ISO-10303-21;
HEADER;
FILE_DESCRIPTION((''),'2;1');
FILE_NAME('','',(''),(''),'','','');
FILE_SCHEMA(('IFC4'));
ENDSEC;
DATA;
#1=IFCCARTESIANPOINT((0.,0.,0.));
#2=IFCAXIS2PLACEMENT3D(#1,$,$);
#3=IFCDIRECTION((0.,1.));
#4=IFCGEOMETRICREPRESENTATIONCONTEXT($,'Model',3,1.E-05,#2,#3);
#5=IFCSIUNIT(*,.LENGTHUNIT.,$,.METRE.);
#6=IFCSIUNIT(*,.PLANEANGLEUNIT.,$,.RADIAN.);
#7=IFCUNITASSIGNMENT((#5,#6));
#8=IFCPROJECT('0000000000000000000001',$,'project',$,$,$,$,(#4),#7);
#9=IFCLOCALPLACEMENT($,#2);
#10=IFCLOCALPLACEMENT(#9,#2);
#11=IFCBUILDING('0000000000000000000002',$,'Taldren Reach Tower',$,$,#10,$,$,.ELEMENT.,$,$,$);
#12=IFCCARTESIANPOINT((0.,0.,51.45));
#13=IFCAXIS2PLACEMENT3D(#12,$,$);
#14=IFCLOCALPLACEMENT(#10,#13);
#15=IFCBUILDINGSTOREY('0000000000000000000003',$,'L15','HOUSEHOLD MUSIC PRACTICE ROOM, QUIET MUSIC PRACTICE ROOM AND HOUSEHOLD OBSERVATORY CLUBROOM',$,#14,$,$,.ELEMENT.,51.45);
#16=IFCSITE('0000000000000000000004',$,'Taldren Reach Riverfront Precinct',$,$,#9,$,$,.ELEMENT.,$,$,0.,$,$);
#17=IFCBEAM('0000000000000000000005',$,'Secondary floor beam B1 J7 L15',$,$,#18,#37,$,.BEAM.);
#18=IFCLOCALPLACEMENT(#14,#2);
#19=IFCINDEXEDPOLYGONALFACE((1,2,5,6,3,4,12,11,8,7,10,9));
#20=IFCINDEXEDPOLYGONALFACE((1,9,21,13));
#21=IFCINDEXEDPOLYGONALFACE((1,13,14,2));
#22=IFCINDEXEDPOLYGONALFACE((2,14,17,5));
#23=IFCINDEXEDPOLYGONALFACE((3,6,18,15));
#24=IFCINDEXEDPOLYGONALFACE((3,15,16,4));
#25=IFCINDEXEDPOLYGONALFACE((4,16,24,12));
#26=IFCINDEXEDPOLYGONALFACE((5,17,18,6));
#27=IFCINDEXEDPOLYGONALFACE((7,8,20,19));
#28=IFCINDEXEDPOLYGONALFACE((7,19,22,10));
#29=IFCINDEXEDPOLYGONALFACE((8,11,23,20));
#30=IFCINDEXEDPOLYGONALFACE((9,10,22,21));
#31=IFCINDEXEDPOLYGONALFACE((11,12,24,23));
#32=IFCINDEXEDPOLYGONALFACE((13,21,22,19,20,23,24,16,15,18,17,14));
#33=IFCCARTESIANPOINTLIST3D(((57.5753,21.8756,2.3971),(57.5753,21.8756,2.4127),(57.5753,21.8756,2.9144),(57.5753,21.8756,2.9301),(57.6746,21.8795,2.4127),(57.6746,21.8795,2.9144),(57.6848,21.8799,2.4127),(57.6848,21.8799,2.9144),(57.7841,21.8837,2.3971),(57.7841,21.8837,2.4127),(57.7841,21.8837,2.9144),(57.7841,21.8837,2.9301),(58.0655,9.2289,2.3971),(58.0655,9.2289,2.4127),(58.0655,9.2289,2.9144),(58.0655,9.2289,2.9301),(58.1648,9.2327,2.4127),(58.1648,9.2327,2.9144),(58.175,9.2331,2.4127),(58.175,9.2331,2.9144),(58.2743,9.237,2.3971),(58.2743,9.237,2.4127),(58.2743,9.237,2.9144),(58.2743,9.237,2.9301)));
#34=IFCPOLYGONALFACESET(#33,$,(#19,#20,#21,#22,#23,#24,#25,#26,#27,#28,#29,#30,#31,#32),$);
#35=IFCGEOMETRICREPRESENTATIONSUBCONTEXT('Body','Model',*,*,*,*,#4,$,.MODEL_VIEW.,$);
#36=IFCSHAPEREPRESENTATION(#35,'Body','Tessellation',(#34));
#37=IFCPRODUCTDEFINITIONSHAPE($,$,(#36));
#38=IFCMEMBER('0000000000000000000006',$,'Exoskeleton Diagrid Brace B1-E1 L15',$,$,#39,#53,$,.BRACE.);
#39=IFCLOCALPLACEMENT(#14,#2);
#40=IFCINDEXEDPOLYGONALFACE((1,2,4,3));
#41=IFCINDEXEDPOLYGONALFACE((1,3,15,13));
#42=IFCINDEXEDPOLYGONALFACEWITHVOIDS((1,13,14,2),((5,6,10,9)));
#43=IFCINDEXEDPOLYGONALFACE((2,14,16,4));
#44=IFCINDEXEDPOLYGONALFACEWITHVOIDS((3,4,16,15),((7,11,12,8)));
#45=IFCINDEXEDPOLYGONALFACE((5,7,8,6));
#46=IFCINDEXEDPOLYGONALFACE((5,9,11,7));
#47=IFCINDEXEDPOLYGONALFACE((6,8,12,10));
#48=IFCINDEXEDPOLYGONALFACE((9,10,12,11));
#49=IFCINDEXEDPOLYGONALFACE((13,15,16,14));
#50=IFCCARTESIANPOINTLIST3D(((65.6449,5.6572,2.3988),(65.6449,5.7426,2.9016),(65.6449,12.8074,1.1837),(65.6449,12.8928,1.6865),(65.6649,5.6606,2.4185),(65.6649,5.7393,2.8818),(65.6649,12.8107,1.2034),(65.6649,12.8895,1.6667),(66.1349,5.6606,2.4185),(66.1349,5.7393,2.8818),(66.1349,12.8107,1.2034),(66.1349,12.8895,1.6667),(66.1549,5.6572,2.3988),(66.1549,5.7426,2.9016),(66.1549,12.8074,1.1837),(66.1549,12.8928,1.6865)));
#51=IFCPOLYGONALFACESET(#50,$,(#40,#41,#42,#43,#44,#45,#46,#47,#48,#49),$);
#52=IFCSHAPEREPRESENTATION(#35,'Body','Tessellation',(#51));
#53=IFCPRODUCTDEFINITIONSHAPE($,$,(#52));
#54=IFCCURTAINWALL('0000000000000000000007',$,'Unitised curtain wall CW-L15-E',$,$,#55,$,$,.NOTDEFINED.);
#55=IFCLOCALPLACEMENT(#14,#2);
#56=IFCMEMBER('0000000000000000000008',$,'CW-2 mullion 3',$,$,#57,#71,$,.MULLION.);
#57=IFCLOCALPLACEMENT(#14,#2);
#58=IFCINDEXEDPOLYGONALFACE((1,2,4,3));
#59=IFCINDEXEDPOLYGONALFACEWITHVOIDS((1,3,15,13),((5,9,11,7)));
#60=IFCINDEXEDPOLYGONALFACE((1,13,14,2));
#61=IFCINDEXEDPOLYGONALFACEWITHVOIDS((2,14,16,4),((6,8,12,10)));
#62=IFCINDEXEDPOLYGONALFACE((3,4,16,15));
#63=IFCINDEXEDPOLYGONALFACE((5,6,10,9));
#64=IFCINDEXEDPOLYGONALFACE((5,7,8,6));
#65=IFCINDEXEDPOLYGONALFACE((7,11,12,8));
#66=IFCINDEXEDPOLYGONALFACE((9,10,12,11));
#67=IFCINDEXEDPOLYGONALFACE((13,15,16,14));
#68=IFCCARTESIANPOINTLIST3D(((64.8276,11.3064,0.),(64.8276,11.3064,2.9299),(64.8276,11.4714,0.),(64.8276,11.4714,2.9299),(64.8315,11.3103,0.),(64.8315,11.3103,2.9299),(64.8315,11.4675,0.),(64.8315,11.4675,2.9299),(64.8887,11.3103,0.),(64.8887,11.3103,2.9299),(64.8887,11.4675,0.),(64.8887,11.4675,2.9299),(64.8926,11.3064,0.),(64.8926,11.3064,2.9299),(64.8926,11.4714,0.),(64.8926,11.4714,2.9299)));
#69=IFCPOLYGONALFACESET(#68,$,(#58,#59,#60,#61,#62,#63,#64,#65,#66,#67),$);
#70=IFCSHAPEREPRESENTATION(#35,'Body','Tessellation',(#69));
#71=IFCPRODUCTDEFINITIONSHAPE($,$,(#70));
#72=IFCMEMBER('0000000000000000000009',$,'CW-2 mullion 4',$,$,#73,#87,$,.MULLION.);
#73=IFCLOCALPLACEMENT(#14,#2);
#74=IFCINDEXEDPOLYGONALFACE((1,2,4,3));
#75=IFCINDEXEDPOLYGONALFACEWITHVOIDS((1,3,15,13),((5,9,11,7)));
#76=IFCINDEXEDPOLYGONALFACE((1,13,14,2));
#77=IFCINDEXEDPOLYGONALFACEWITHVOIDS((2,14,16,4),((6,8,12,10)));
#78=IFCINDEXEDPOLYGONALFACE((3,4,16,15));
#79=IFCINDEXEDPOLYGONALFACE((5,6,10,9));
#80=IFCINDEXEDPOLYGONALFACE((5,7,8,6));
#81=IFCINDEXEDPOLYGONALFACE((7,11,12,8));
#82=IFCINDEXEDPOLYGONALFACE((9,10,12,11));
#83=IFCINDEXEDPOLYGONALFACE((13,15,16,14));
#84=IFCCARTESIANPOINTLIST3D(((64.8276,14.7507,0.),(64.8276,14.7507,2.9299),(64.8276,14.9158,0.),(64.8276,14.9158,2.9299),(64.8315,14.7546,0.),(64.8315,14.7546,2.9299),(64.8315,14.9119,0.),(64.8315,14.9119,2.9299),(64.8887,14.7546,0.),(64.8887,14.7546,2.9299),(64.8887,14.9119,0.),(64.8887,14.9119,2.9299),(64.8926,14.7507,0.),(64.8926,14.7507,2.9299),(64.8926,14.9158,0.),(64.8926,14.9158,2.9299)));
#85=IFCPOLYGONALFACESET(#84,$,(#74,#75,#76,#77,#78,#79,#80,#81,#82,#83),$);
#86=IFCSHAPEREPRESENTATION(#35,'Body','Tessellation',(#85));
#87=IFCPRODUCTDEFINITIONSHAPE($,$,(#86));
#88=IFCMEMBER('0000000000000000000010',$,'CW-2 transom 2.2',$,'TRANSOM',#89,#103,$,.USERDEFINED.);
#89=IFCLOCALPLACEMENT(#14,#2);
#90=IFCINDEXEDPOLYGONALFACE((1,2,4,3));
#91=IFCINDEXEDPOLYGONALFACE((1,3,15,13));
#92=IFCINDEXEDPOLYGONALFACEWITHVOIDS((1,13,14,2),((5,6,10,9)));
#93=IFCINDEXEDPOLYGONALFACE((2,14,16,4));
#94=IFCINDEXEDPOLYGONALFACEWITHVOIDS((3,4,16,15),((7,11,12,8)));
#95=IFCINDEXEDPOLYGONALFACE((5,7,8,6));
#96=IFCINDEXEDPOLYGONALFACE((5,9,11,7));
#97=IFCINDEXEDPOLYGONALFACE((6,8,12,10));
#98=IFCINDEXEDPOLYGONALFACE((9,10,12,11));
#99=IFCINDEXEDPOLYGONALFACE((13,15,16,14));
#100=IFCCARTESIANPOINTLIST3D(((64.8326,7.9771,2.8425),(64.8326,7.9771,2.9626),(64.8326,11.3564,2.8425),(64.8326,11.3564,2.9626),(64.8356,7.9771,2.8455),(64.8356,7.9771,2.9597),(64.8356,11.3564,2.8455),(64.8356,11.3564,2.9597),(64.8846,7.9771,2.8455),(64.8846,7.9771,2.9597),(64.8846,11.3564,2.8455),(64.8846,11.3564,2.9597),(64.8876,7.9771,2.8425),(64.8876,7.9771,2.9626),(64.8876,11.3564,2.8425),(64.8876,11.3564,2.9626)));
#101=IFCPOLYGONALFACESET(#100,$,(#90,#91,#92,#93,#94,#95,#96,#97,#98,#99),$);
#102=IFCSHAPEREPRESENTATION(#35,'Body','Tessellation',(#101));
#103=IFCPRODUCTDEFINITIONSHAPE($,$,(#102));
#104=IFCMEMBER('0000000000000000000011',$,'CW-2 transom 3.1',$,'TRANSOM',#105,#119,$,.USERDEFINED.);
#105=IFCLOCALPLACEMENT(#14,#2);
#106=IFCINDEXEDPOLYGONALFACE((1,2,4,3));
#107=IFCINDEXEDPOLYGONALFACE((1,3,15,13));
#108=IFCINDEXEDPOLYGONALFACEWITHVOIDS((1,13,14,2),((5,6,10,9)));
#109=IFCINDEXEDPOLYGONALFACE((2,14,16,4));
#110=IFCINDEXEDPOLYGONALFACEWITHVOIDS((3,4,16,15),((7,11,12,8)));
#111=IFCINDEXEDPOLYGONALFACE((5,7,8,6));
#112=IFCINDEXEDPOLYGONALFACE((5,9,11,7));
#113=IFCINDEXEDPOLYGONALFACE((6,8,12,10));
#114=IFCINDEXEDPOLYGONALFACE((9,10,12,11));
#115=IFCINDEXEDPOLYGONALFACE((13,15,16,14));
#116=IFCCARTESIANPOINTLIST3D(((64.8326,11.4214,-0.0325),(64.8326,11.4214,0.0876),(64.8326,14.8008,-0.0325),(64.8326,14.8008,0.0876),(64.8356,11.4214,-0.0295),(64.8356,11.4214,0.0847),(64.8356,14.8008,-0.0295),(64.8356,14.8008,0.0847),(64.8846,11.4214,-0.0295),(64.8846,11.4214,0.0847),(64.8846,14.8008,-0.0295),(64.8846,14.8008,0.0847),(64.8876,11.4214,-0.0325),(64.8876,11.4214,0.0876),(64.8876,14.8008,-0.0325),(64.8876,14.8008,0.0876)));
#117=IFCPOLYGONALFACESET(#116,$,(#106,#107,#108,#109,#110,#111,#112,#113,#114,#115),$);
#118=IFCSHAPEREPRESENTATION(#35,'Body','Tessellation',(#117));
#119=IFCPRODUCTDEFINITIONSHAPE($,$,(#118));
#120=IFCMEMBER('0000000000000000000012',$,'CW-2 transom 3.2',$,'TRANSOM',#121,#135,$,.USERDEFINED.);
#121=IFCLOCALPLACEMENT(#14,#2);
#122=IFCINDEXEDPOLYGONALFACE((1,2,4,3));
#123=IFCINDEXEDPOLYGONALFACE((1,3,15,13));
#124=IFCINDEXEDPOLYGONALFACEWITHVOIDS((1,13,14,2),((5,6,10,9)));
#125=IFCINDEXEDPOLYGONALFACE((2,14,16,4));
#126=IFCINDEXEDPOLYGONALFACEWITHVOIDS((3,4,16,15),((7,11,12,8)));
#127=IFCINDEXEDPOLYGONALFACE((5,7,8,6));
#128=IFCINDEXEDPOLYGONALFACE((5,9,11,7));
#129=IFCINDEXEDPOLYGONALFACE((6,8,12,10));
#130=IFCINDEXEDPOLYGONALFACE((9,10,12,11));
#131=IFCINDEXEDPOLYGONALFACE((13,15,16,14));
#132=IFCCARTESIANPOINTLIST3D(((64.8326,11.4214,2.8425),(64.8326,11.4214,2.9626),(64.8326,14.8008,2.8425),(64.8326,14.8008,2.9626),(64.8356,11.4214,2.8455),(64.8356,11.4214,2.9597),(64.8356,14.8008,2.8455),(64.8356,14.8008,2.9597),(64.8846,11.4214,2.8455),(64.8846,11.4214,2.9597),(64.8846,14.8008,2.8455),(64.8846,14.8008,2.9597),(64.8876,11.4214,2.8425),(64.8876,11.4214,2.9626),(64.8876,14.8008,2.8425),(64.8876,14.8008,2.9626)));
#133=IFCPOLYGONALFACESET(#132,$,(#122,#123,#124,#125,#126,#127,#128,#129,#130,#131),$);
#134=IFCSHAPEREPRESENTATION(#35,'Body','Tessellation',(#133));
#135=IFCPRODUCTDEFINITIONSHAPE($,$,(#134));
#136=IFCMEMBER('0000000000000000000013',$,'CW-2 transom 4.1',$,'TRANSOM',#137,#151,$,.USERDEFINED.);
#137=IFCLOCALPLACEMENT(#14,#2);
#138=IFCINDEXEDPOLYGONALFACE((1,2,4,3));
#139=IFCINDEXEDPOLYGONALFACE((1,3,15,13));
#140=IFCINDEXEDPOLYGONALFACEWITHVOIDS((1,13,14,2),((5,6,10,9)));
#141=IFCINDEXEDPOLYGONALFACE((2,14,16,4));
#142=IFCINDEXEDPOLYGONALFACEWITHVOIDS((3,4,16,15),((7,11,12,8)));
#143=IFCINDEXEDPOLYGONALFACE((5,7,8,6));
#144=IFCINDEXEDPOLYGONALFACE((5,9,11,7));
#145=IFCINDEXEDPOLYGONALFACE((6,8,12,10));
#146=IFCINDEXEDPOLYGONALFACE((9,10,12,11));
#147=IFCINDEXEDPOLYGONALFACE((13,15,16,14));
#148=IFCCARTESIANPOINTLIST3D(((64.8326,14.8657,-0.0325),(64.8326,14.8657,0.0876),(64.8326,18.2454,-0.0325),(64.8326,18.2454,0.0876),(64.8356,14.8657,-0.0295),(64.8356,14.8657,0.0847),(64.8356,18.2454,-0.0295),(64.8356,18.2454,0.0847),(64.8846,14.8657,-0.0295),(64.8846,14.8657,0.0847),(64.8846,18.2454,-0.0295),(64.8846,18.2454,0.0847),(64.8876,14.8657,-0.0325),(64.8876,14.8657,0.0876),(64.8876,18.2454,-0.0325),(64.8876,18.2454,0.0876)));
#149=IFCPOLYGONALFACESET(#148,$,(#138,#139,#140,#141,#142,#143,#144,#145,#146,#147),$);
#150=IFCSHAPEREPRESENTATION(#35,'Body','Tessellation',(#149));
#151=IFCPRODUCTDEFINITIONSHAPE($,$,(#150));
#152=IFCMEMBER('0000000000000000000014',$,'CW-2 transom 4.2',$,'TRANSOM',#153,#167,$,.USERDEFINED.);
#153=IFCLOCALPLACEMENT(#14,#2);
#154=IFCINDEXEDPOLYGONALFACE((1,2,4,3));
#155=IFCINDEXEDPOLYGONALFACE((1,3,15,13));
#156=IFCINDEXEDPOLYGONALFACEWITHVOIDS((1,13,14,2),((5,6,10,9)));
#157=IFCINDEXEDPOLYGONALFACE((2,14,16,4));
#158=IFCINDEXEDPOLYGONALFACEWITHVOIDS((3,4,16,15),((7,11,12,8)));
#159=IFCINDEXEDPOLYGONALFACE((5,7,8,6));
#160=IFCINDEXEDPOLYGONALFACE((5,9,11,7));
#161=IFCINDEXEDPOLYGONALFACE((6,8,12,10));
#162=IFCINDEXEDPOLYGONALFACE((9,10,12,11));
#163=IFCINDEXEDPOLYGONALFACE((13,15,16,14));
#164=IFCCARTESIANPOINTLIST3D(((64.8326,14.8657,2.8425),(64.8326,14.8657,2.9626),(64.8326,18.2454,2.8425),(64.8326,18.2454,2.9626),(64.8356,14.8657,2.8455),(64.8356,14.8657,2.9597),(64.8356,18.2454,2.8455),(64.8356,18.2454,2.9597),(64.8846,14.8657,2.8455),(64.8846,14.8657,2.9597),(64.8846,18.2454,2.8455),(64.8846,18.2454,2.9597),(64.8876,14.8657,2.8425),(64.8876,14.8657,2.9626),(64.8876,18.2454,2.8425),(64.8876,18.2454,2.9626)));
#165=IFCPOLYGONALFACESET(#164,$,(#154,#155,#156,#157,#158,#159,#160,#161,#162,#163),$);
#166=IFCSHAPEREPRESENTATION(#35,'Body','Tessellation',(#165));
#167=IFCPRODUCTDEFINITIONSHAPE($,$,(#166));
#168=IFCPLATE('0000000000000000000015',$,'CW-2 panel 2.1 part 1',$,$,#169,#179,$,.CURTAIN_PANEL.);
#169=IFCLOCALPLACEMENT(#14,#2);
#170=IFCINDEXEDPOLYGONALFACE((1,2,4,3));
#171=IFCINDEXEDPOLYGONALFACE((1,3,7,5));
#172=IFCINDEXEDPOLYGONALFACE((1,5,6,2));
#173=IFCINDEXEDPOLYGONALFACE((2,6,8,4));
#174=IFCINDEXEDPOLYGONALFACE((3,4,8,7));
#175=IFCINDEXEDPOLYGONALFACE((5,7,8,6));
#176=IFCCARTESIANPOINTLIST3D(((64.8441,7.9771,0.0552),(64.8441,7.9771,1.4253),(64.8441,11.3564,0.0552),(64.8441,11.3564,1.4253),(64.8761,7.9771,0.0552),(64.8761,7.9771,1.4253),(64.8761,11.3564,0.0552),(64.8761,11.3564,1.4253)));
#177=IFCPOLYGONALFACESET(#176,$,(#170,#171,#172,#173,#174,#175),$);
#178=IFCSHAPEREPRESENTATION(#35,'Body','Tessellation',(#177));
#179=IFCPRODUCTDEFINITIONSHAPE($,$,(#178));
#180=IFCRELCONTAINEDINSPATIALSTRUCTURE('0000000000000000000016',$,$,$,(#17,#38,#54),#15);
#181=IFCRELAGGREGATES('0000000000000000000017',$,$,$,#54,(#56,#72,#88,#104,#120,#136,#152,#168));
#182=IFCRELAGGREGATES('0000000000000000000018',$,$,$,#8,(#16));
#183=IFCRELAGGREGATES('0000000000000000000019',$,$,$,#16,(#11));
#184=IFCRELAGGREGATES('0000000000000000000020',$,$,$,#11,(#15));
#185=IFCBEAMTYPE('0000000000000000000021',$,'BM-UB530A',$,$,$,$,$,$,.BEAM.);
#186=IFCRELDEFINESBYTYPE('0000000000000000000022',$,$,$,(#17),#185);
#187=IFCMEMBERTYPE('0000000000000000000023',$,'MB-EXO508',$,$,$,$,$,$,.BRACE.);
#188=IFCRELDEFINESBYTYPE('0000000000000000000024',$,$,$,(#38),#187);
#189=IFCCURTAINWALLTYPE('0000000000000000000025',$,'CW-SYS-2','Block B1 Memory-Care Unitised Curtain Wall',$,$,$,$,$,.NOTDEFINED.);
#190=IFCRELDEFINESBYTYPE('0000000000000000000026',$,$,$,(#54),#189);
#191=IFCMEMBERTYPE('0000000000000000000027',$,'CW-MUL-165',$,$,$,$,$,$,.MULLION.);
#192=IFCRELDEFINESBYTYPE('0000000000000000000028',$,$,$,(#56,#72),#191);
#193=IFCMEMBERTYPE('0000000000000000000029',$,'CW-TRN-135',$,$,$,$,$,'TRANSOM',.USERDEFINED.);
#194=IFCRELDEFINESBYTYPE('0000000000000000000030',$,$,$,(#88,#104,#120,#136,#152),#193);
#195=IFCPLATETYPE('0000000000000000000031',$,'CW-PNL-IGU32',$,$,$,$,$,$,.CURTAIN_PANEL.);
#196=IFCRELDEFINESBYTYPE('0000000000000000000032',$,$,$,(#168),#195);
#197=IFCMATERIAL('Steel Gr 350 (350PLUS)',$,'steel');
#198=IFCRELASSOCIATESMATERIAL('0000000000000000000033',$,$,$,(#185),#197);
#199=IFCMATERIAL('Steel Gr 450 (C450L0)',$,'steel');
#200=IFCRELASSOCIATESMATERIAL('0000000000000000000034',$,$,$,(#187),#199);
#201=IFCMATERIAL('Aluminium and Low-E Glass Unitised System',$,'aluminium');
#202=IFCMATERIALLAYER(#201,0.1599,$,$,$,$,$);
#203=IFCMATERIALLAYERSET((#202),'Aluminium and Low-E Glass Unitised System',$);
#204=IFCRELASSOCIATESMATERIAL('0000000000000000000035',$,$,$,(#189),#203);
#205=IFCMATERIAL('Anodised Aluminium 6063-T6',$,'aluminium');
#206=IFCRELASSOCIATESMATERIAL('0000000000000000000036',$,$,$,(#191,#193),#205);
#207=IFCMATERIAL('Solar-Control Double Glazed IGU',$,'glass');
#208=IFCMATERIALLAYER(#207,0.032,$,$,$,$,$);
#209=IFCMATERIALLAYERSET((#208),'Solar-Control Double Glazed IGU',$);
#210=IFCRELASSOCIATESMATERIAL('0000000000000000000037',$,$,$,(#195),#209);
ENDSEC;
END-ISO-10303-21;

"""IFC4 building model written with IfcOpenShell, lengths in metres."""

from ifc_helpers import new_model, si_unit, direction, frame, origin, origin_2d, place, context, subcontext, project, spatial, rectangle, hollow_rectangle, i_section, extrude, source, transform, mapped, material, layer, layer_set, material_profile, profile_set, type_object, element, aggregate, save


model = new_model("IFC4")

# Units and contexts
model_context = context("Model", 3, precision=1e-05, world=origin(), true_north=direction((0.0, 1.0)))
body_context = subcontext(model_context, "Body", "Model", "MODEL_VIEW")
ifc_project = project(units=[si_unit("LENGTHUNIT", "METRE"), si_unit("PLANEANGLEUNIT", "RADIAN")], contexts=[model_context])

# Site, building, storey
site_placement = place(None, origin())
site = spatial("IfcSite", under=ifc_project, at=site_placement, Name="Taldren Reach Riverfront Precinct", CompositionType="ELEMENT", RefElevation=0.0)
building_placement = place(site_placement, origin())
building = spatial("IfcBuilding", under=site, at=building_placement, Name="Taldren Reach Tower", CompositionType="ELEMENT")
storey_placement = place(building_placement, frame((0.0, 0.0, 51.45)))
storey = spatial("IfcBuildingStorey", under=building, at=storey_placement, Name="L15", Description="HOUSEHOLD MUSIC PRACTICE ROOM, QUIET MUSIC PRACTICE ROOM AND HOUSEHOLD OBSERVATORY CLUBROOM", CompositionType="ELEMENT", Elevation=51.45)

# Beam
ifc_material_1 = material(Name="Steel Gr 350 (350PLUS)", Category="steel")
ifc_material_profile_1 = material_profile(ifc_material_1, i_section(OverallWidth=0.209, OverallDepth=0.533, WebThickness=0.0103, FlangeThickness=0.0156, at=origin_2d()), Name="530UB92.4")
ifc_profile_set_1 = profile_set([ifc_material_profile_1], Name="Steel Gr 350 (350PLUS)")
beam_type = type_object("IfcBeamType", Name="BM-UB530A", PredefinedType="BEAM", material=ifc_profile_set_1)
shared_shape_1 = source(origin(), body_context, "Body", "SweptSolid", [
    extrude(i_section(OverallWidth=0.209, OverallDepth=0.533, WebThickness=0.0103, FlangeThickness=0.0156, at=origin_2d()), origin(), (0.0, 0.0, 1.0), 12.6562),
])
beam_placement = place(storey_placement, frame((58.1699, 9.2329, 2.6636), z_axis=(-0.038735, 0.99925, 0.0), x_axis=(-0.99925, -0.038735, 0.0)))
element("IfcBeam", 1, at=beam_placement, inside=storey, type_object=beam_type, Name="Secondary floor beam B1 J7 L15", PredefinedType="BEAM", context=body_context, shape_type="MappedRepresentation", body=[
    mapped(shared_shape_1, transform((0.0, 0.0, 0.0), scale=1.0)),
])

# Member
ifc_material_2 = material(Name="Steel Gr 450 (C450L0)", Category="steel")
ifc_material_profile_2 = material_profile(ifc_material_2, hollow_rectangle(XDim=0.51, YDim=0.51, WallThickness=0.02, at=origin_2d()), Name="510x510x20.0SHS")
ifc_profile_set_2 = profile_set([ifc_material_profile_2], Name="Steel Gr 450 (C450L0)")
member_type_1 = type_object("IfcMemberType", Name="MB-EXO508", PredefinedType="BRACE", material=ifc_profile_set_2)
shared_shape_2 = source(origin(), body_context, "Body", "SweptSolid", [
    extrude(hollow_rectangle(XDim=0.51, YDim=0.51, WallThickness=0.02, at=origin_2d()), origin(), (0.0, 0.0, 1.0), 7.2527),
])
member_1_placement = place(storey_placement, frame((65.8999, 12.8501, 1.4351), z_axis=(0.0, -0.985866, 0.167537), x_axis=(1.0, 0.0, 0.0)))
element("IfcMember", 2, at=member_1_placement, inside=storey, type_object=member_type_1, Name="Exoskeleton Diagrid Brace B1-E1 L15", PredefinedType="BRACE", context=body_context, shape_type="MappedRepresentation", body=[
    mapped(shared_shape_2, transform((0.0, 0.0, 0.0), scale=1.0)),
])

# Curtain wall, members, plate
ifc_material_3 = material(Name="Aluminium and Low-E Glass Unitised System", Category="aluminium")
ifc_layer_1 = layer(ifc_material_3, 0.1599)
ifc_layer_set_1 = layer_set([ifc_layer_1], Name="Aluminium and Low-E Glass Unitised System")
curtain_wall_type = type_object("IfcCurtainWallType", Name="CW-SYS-2", Description="Block B1 Memory-Care Unitised Curtain Wall", PredefinedType="NOTDEFINED", material=ifc_layer_set_1)
curtain_wall_placement = place(storey_placement, origin())
curtain_wall = element("IfcCurtainWall", 3, at=curtain_wall_placement, inside=storey, type_object=curtain_wall_type, Name="Unitised curtain wall CW-L15-E", PredefinedType="NOTDEFINED")
ifc_material_4 = material(Name="Anodised Aluminium 6063-T6", Category="aluminium")
ifc_material_profile_3 = material_profile(ifc_material_4, hollow_rectangle(XDim=0.0649, YDim=0.165, WallThickness=0.0039, at=origin_2d()), Name="ALU-165x65x4RHS")
ifc_profile_set_3 = profile_set([ifc_material_profile_3], Name="Anodised Aluminium 6063-T6")
member_type_2 = type_object("IfcMemberType", Name="CW-MUL-165", PredefinedType="MULLION", material=ifc_profile_set_3)
shared_shape_3 = source(origin(), body_context, "Body", "SweptSolid", [
    extrude(hollow_rectangle(XDim=0.0649, YDim=0.165, WallThickness=0.0039, at=origin_2d()), origin(), (0.0, 0.0, 1.0), 2.9299),
])
member_2_placement = place(storey_placement, frame((64.8601, 11.3889, 0.0), z_axis=(0.0, 0.0, 1.0), x_axis=(-1.0, 0.0, 0.0)))
member_2 = element("IfcMember", 4, at=member_2_placement, type_object=member_type_2, Name="CW-2 mullion 3", PredefinedType="MULLION", context=body_context, shape_type="MappedRepresentation", body=[
    mapped(shared_shape_3, transform((0.0, 0.0, 0.0), scale=1.0)),
])
member_3_placement = place(storey_placement, frame((64.8601, 14.8333, 0.0), z_axis=(0.0, 0.0, 1.0), x_axis=(-1.0, 0.0, 0.0)))
member_3 = element("IfcMember", 5, at=member_3_placement, type_object=member_type_2, Name="CW-2 mullion 4", PredefinedType="MULLION", context=body_context, shape_type="MappedRepresentation", body=[
    mapped(shared_shape_3, transform((0.0, 0.0, 0.0), scale=1.0)),
])
ifc_material_profile_4 = material_profile(ifc_material_4, hollow_rectangle(XDim=0.0549, YDim=0.1201, WallThickness=0.0029, at=origin_2d()), Name="ALU-120x55x3RHS")
ifc_profile_set_4 = profile_set([ifc_material_profile_4], Name="Anodised Aluminium 6063-T6")
member_type_3 = type_object("IfcMemberType", Name="CW-TRN-135", ElementType="TRANSOM", PredefinedType="USERDEFINED", material=ifc_profile_set_4)
shared_shape_4 = source(origin(), body_context, "Body", "SweptSolid", [
    extrude(hollow_rectangle(XDim=0.0549, YDim=0.1201, WallThickness=0.0029, at=origin_2d()), origin(), (0.0, 0.0, 1.0), 3.3794),
])
member_4_placement = place(storey_placement, frame((64.8601, 7.9771, 2.9026), z_axis=(0.0, 1.0, 0.0), x_axis=(-1.0, 0.0, 0.0)))
member_4 = element("IfcMember", 6, at=member_4_placement, type_object=member_type_3, Name="CW-2 transom 2.2", ObjectType="TRANSOM", PredefinedType="USERDEFINED", context=body_context, shape_type="MappedRepresentation", body=[
    mapped(shared_shape_4, transform((0.0, 0.0, 0.0), scale=1.0)),
])
member_5_placement = place(storey_placement, frame((64.8601, 11.4214, 0.0276), z_axis=(0.0, 1.0, 0.0), x_axis=(-1.0, 0.0, 0.0)))
member_5 = element("IfcMember", 7, at=member_5_placement, type_object=member_type_3, Name="CW-2 transom 3.1", ObjectType="TRANSOM", PredefinedType="USERDEFINED", context=body_context, shape_type="MappedRepresentation", body=[
    mapped(shared_shape_4, transform((0.0, 0.0, 0.0), scale=1.0)),
])
member_6_placement = place(storey_placement, frame((64.8601, 11.4214, 2.9026), z_axis=(0.0, 1.0, 0.0), x_axis=(-1.0, 0.0, 0.0)))
member_6 = element("IfcMember", 8, at=member_6_placement, type_object=member_type_3, Name="CW-2 transom 3.2", ObjectType="TRANSOM", PredefinedType="USERDEFINED", context=body_context, shape_type="MappedRepresentation", body=[
    mapped(shared_shape_4, transform((0.0, 0.0, 0.0), scale=1.0)),
])
shared_shape_5 = source(origin(), body_context, "Body", "SweptSolid", [
    extrude(hollow_rectangle(XDim=0.0549, YDim=0.1201, WallThickness=0.0029, at=origin_2d()), origin(), (0.0, 0.0, 1.0), 3.3796),
])
member_7_placement = place(storey_placement, frame((64.8601, 14.8657, 0.0276), z_axis=(0.0, 1.0, 0.0), x_axis=(-1.0, 0.0, 0.0)))
member_7 = element("IfcMember", 9, at=member_7_placement, type_object=member_type_3, Name="CW-2 transom 4.1", ObjectType="TRANSOM", PredefinedType="USERDEFINED", context=body_context, shape_type="MappedRepresentation", body=[
    mapped(shared_shape_5, transform((0.0, 0.0, 0.0), scale=1.0)),
])
member_8_placement = place(storey_placement, frame((64.8601, 14.8657, 2.9026), z_axis=(0.0, 1.0, 0.0), x_axis=(-1.0, 0.0, 0.0)))
member_8 = element("IfcMember", 10, at=member_8_placement, type_object=member_type_3, Name="CW-2 transom 4.2", ObjectType="TRANSOM", PredefinedType="USERDEFINED", context=body_context, shape_type="MappedRepresentation", body=[
    mapped(shared_shape_5, transform((0.0, 0.0, 0.0), scale=1.0)),
])
ifc_material_5 = material(Name="Solar-Control Double Glazed IGU", Category="glass")
ifc_layer_2 = layer(ifc_material_5, 0.032)
ifc_layer_set_2 = layer_set([ifc_layer_2], Name="Solar-Control Double Glazed IGU")
plate_type = type_object("IfcPlateType", Name="CW-PNL-IGU32", PredefinedType="CURTAIN_PANEL", material=ifc_layer_set_2)
shared_shape_6 = source(origin(), body_context, "Body", "SweptSolid", [
    extrude(rectangle(XDim=3.3794, YDim=0.032, at=origin_2d()), origin(), (0.0, 0.0, 1.0), 1.3701),
])
plate_1_placement = place(storey_placement, frame((64.8601, 9.6667, 0.0552), z_axis=(0.0, 0.0, 1.0), x_axis=(0.0, 1.0, 0.0)))
plate_1 = element("IfcPlate", 11, at=plate_1_placement, type_object=plate_type, Name="CW-2 panel 2.1 part 1", PredefinedType="CURTAIN_PANEL", context=body_context, shape_type="MappedRepresentation", body=[
    mapped(shared_shape_6, transform((0.0, 0.0, 0.0), scale=1.0)),
])
aggregate(curtain_wall, [member_2, member_3, member_4, member_5, member_6, member_7, member_8, plate_1])

save(model, "model.ifc")
